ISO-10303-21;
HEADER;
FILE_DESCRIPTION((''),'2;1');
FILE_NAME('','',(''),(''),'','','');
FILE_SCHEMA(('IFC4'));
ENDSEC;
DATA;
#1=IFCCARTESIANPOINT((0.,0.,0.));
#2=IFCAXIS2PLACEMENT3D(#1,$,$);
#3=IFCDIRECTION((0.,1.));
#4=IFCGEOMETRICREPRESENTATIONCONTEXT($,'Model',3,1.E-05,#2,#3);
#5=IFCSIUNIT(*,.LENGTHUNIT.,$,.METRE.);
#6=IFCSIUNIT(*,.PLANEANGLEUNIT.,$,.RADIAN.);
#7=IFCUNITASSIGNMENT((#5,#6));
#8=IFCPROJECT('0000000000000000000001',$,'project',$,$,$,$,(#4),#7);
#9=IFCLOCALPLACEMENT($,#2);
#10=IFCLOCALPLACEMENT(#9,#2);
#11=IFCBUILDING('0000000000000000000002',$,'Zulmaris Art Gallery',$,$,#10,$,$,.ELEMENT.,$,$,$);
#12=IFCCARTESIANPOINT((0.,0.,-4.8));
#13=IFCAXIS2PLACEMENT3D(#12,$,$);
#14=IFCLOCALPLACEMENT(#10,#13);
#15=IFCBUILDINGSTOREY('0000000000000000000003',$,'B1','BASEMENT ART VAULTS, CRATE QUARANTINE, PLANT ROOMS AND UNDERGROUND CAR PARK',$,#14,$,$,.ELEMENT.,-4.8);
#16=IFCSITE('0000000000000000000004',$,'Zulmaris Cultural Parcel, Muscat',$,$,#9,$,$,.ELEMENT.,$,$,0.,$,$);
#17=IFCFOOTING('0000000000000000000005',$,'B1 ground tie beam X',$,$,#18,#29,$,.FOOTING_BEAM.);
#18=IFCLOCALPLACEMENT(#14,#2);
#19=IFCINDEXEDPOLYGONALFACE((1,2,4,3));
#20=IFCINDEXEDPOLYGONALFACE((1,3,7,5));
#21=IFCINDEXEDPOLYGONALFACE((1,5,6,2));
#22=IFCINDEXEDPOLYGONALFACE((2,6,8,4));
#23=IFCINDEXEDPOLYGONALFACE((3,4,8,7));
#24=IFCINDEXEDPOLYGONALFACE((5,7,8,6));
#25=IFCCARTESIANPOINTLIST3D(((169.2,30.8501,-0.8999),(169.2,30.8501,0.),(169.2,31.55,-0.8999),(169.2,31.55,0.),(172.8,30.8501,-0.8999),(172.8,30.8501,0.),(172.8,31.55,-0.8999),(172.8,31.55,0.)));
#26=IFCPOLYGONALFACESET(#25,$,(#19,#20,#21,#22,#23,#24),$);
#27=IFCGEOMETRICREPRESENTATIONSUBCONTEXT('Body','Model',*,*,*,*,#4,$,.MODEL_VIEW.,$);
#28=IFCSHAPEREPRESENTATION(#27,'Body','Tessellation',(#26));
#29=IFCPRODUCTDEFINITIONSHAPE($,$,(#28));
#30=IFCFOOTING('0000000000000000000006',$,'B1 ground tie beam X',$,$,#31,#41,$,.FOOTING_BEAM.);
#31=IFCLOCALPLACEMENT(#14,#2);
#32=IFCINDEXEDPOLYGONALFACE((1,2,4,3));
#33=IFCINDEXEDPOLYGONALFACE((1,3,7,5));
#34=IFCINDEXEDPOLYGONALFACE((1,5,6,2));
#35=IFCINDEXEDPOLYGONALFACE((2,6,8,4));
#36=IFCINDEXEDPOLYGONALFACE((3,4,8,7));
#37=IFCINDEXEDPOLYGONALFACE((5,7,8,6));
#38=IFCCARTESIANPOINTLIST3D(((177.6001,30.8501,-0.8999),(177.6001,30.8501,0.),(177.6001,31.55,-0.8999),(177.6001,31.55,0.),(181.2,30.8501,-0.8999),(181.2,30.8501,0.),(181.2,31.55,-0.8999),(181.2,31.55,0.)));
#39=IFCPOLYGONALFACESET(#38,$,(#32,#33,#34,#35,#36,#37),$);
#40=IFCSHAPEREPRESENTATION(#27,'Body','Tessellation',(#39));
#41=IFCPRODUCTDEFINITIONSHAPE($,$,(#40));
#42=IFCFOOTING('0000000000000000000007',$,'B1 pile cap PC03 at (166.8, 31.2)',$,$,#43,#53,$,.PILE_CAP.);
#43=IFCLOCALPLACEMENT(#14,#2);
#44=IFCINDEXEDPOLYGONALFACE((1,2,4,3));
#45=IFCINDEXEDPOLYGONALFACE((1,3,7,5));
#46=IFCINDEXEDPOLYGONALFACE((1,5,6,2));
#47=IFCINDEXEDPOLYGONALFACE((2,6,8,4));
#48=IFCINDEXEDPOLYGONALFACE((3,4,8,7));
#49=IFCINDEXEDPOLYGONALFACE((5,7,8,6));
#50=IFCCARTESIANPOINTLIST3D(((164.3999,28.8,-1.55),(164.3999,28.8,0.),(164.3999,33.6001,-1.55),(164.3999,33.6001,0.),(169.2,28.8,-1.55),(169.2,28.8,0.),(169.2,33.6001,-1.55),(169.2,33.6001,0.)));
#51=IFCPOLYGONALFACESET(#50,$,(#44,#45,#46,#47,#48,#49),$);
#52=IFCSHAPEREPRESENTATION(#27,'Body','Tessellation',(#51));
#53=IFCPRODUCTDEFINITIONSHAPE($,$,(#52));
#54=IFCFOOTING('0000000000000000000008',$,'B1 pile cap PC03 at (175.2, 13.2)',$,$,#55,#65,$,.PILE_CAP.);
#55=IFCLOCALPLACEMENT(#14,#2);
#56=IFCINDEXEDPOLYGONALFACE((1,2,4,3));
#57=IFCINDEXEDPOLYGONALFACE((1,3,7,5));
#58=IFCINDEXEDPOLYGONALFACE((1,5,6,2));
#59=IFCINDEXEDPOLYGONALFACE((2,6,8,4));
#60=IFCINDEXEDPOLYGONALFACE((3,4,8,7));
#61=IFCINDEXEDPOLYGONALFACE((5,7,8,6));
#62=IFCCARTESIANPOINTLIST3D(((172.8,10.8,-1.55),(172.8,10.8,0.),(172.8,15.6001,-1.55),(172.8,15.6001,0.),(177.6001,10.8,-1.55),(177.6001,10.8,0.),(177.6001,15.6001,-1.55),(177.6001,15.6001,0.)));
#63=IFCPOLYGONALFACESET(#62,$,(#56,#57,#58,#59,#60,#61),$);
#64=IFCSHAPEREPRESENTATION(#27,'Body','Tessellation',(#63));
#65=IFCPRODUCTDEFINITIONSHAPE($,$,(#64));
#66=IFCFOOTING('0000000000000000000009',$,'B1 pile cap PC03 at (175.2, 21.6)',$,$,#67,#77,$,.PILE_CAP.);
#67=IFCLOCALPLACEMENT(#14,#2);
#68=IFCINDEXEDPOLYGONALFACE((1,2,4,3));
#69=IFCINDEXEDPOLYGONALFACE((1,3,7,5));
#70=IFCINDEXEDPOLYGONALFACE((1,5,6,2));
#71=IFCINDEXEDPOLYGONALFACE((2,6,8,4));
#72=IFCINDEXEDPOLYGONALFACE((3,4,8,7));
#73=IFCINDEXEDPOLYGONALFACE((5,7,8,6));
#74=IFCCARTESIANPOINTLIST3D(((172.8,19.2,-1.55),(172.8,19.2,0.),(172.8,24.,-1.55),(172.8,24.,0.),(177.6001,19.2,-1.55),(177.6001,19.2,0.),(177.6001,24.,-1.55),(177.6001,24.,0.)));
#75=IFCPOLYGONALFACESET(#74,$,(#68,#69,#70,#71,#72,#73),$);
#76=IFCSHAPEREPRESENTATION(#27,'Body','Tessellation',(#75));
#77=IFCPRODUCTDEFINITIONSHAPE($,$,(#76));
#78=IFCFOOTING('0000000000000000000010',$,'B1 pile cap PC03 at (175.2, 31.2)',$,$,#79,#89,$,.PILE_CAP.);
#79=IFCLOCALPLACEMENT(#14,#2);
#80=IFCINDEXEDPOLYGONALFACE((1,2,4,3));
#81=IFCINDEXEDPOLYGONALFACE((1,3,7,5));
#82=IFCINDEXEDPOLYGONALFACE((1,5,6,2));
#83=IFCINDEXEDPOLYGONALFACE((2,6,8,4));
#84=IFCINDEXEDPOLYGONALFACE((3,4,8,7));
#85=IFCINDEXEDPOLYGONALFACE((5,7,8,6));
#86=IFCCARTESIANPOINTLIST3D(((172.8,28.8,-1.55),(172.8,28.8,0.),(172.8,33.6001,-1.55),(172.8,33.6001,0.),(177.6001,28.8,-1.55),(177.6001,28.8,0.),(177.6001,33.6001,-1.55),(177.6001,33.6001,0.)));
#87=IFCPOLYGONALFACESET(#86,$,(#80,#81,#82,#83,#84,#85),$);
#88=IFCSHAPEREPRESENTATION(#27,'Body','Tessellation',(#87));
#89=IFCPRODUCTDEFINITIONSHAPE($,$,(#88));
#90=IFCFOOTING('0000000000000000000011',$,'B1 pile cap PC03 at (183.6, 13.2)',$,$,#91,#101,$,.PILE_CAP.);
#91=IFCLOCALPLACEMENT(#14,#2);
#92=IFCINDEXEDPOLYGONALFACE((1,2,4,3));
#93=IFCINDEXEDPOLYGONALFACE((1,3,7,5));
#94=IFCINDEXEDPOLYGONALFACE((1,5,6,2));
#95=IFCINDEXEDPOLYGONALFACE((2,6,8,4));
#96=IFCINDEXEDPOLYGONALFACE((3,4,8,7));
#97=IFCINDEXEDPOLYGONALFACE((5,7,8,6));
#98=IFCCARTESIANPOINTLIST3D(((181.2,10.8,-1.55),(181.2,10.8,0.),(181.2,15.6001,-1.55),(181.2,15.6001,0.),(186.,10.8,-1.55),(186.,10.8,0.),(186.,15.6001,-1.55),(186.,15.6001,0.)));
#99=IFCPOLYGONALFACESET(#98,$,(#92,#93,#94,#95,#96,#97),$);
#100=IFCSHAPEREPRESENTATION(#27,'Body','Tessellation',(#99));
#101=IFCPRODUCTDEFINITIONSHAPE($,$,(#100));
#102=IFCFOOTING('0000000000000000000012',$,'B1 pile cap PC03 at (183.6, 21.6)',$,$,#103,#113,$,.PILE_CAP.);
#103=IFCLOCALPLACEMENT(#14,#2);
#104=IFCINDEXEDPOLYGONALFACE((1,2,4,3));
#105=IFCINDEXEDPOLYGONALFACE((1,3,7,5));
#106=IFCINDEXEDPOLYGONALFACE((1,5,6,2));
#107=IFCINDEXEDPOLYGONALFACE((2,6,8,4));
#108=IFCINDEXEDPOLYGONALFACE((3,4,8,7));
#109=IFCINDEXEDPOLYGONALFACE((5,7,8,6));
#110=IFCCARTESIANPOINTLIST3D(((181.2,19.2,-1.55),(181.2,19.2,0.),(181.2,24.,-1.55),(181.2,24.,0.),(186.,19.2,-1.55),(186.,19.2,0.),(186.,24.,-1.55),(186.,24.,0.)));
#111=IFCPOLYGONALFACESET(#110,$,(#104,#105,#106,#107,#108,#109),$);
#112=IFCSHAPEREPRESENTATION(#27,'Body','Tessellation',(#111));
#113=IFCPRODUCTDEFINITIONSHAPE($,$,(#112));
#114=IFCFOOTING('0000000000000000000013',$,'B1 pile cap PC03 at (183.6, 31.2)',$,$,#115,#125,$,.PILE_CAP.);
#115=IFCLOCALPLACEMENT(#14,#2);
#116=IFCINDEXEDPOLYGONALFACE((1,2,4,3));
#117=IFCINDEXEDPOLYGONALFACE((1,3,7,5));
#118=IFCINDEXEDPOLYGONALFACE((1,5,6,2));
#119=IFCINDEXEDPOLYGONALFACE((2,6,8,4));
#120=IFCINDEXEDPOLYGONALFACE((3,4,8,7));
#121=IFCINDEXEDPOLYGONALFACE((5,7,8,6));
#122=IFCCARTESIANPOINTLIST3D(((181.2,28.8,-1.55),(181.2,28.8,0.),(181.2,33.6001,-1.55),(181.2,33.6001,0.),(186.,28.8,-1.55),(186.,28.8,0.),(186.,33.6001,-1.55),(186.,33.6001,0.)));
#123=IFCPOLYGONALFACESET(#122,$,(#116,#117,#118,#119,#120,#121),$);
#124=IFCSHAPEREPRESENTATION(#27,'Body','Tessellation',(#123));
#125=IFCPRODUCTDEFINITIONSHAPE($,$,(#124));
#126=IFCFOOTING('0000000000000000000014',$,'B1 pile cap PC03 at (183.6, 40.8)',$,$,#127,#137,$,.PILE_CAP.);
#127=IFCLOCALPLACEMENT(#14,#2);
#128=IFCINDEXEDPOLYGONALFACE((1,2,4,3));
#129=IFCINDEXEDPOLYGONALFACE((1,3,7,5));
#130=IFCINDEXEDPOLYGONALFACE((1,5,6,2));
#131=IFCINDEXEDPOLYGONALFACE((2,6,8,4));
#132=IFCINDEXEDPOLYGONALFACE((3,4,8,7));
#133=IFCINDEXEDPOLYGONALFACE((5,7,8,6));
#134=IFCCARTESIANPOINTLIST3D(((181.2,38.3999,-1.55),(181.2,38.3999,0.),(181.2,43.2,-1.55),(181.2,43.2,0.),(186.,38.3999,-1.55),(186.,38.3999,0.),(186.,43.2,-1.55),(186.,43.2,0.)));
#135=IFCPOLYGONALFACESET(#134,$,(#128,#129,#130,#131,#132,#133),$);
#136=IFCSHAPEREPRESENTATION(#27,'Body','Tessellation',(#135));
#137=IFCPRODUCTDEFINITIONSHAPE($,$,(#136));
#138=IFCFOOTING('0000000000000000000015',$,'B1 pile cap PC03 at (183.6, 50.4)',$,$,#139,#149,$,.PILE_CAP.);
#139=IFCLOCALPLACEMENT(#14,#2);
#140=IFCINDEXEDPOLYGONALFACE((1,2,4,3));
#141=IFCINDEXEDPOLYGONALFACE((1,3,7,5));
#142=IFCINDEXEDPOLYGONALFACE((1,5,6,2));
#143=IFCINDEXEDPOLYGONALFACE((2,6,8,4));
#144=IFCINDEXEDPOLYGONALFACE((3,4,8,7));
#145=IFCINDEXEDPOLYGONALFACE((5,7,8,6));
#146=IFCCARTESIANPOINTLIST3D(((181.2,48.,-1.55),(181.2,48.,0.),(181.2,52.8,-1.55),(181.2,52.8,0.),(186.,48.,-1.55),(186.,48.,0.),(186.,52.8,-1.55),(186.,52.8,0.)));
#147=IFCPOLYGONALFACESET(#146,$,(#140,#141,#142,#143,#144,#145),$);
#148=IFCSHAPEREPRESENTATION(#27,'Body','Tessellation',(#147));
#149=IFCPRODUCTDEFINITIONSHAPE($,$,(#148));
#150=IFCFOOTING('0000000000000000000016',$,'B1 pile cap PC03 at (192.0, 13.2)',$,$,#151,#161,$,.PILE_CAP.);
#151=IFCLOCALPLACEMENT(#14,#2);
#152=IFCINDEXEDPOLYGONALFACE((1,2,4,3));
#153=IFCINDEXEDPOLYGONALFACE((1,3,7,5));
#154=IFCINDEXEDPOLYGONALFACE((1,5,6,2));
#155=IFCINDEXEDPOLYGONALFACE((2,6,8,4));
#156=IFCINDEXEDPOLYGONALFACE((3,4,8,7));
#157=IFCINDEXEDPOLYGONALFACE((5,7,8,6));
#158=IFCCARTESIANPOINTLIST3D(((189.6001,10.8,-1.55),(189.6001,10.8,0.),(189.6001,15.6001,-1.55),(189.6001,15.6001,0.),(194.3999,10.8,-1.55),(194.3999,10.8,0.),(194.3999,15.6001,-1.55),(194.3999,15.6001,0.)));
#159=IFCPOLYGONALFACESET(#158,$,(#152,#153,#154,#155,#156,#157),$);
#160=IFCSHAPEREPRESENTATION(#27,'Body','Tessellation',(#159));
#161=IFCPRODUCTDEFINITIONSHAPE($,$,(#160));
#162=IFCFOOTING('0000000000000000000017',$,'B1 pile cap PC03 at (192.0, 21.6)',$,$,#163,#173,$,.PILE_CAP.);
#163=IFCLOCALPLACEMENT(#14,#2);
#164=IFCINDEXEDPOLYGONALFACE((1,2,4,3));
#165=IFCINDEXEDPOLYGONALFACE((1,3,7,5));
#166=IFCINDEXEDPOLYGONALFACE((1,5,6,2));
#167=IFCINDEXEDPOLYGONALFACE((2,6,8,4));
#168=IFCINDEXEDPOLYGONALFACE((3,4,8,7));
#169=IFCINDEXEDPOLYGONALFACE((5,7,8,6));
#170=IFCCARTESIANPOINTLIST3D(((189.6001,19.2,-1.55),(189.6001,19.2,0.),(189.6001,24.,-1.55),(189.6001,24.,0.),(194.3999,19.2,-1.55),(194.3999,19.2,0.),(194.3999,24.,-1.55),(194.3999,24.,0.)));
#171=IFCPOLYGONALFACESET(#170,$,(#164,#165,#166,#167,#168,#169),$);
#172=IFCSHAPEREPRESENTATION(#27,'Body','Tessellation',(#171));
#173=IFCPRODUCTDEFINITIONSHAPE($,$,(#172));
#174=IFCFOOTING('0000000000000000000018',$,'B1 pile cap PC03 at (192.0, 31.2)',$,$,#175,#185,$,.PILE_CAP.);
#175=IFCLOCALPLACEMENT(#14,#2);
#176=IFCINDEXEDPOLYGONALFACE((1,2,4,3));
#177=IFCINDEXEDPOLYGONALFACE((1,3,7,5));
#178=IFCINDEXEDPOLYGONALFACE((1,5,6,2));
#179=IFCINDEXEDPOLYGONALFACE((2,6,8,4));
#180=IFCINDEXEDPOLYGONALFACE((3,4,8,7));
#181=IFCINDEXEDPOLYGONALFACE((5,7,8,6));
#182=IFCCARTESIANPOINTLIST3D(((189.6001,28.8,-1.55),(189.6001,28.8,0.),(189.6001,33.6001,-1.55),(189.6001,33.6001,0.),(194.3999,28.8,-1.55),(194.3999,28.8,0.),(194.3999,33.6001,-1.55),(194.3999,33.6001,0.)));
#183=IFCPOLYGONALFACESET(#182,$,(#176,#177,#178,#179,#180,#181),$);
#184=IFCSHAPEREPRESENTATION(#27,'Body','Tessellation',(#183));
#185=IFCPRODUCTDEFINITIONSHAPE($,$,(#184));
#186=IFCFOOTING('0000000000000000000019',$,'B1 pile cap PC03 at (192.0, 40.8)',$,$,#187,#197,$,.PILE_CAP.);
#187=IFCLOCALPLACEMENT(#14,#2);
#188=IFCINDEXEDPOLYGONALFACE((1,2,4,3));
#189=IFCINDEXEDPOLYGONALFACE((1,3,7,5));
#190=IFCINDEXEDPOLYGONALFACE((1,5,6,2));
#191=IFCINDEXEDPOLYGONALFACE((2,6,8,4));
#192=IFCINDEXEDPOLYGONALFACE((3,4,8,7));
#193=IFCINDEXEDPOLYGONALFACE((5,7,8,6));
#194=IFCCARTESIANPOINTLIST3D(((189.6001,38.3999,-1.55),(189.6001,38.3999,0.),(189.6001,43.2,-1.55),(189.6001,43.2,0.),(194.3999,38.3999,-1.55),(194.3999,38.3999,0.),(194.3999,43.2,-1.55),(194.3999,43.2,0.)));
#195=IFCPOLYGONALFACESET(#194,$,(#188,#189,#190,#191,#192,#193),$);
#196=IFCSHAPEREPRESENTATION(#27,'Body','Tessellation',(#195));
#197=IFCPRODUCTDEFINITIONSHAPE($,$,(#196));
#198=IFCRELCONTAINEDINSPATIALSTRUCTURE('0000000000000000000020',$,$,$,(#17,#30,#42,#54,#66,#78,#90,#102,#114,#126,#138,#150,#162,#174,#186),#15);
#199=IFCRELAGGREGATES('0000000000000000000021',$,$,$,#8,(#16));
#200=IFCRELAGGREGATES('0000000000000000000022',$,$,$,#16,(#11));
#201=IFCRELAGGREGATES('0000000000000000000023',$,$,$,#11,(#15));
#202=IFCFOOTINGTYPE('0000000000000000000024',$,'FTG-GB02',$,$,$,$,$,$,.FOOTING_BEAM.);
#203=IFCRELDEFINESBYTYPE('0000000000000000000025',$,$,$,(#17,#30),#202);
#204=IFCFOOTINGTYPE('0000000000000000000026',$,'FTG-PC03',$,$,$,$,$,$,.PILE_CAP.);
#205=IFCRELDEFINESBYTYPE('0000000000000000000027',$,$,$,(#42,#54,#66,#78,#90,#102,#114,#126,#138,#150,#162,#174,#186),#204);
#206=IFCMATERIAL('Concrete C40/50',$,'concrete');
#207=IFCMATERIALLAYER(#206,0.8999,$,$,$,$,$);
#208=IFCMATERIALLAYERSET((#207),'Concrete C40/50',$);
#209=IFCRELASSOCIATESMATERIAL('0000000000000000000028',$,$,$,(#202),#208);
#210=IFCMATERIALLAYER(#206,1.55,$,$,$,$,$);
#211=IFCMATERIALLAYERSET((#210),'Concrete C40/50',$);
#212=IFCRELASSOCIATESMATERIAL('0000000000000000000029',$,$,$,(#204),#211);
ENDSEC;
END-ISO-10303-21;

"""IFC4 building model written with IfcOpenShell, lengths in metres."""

from ifc_helpers import new_model, si_unit, direction, frame, origin, place, context, subcontext, project, spatial, polyline, outline, extrude, material, layer, layer_set, type_object, element, save


model = new_model("IFC4")

# Units and contexts
model_context = context("Model", 3, precision=1e-05, world=origin(), true_north=direction((0.0, 1.0)))
body_context = subcontext(model_context, "Body", "Model", "MODEL_VIEW")
ifc_project = project(units=[si_unit("LENGTHUNIT", "METRE"), si_unit("PLANEANGLEUNIT", "RADIAN")], contexts=[model_context])

# Site, building, storey
site_placement = place(None, origin())
site = spatial("IfcSite", under=ifc_project, at=site_placement, Name="Zulmaris Cultural Parcel, Muscat", CompositionType="ELEMENT", RefElevation=0.0)
building_placement = place(site_placement, origin())
building = spatial("IfcBuilding", under=site, at=building_placement, Name="Zulmaris Art Gallery", CompositionType="ELEMENT")
storey_placement = place(building_placement, frame((0.0, 0.0, -4.8)))
storey = spatial("IfcBuildingStorey", under=building, at=storey_placement, Name="B1", Description="BASEMENT ART VAULTS, CRATE QUARANTINE, PLANT ROOMS AND UNDERGROUND CAR PARK", CompositionType="ELEMENT", Elevation=-4.8)

# Footings
ifc_material = material(Name="Concrete C40/50", Category="concrete")
ifc_layer_1 = layer(ifc_material, 0.8999)
ifc_layer_set_1 = layer_set([ifc_layer_1], Name="Concrete C40/50")
footing_type_1 = type_object("IfcFootingType", Name="FTG-GB02", PredefinedType="FOOTING_BEAM", material=ifc_layer_set_1)
footing_1_placement = place(storey_placement, frame((0.0, 0.0, -0.8999)))
element("IfcFooting", 1, at=footing_1_placement, inside=storey, type_object=footing_type_1, Name="B1 ground tie beam X", PredefinedType="FOOTING_BEAM", context=body_context, shape_type="SweptSolid", body=[
    extrude(outline(polyline([(169.2, 30.8501), (172.8, 30.8501), (172.8, 31.55), (169.2, 31.55), (169.2, 30.8501)])), origin(), (0.0, 0.0, 1.0), 0.8999),
])
footing_2_placement = place(storey_placement, frame((0.0, 0.0, -0.8999)))
element("IfcFooting", 2, at=footing_2_placement, inside=storey, type_object=footing_type_1, Name="B1 ground tie beam X", PredefinedType="FOOTING_BEAM", context=body_context, shape_type="SweptSolid", body=[
    extrude(outline(polyline([(177.6001, 30.8501), (181.2, 30.8501), (181.2, 31.55), (177.6001, 31.55), (177.6001, 30.8501)])), origin(), (0.0, 0.0, 1.0), 0.8999),
])
ifc_layer_2 = layer(ifc_material, 1.55)
ifc_layer_set_2 = layer_set([ifc_layer_2], Name="Concrete C40/50")
footing_type_2 = type_object("IfcFootingType", Name="FTG-PC03", PredefinedType="PILE_CAP", material=ifc_layer_set_2)
footing_3_placement = place(storey_placement, frame((0.0, 0.0, -1.55)))
element("IfcFooting", 3, at=footing_3_placement, inside=storey, type_object=footing_type_2, Name="B1 pile cap PC03 at (166.8, 31.2)", PredefinedType="PILE_CAP", context=body_context, shape_type="SweptSolid", body=[
    extrude(outline(polyline([(164.3999, 28.8), (169.2, 28.8), (169.2, 33.6001), (164.3999, 33.6001), (164.3999, 28.8)])), origin(), (0.0, 0.0, 1.0), 1.55),
])
footing_4_placement = place(storey_placement, frame((0.0, 0.0, -1.55)))
element("IfcFooting", 4, at=footing_4_placement, inside=storey, type_object=footing_type_2, Name="B1 pile cap PC03 at (175.2, 13.2)", PredefinedType="PILE_CAP", context=body_context, shape_type="SweptSolid", body=[
    extrude(outline(polyline([(172.8, 10.8), (177.6001, 10.8), (177.6001, 15.6001), (172.8, 15.6001), (172.8, 10.8)])), origin(), (0.0, 0.0, 1.0), 1.55),
])
footing_5_placement = place(storey_placement, frame((0.0, 0.0, -1.55)))
element("IfcFooting", 5, at=footing_5_placement, inside=storey, type_object=footing_type_2, Name="B1 pile cap PC03 at (175.2, 21.6)", PredefinedType="PILE_CAP", context=body_context, shape_type="SweptSolid", body=[
    extrude(outline(polyline([(172.8, 19.2), (177.6001, 19.2), (177.6001, 24.0), (172.8, 24.0), (172.8, 19.2)])), origin(), (0.0, 0.0, 1.0), 1.55),
])
footing_6_placement = place(storey_placement, frame((0.0, 0.0, -1.55)))
element("IfcFooting", 6, at=footing_6_placement, inside=storey, type_object=footing_type_2, Name="B1 pile cap PC03 at (175.2, 31.2)", PredefinedType="PILE_CAP", context=body_context, shape_type="SweptSolid", body=[
    extrude(outline(polyline([(172.8, 28.8), (177.6001, 28.8), (177.6001, 33.6001), (172.8, 33.6001), (172.8, 28.8)])), origin(), (0.0, 0.0, 1.0), 1.55),
])
footing_7_placement = place(storey_placement, frame((0.0, 0.0, -1.55)))
element("IfcFooting", 7, at=footing_7_placement, inside=storey, type_object=footing_type_2, Name="B1 pile cap PC03 at (183.6, 13.2)", PredefinedType="PILE_CAP", context=body_context, shape_type="SweptSolid", body=[
    extrude(outline(polyline([(181.2, 10.8), (186.0, 10.8), (186.0, 15.6001), (181.2, 15.6001), (181.2, 10.8)])), origin(), (0.0, 0.0, 1.0), 1.55),
])
footing_8_placement = place(storey_placement, frame((0.0, 0.0, -1.55)))
element("IfcFooting", 8, at=footing_8_placement, inside=storey, type_object=footing_type_2, Name="B1 pile cap PC03 at (183.6, 21.6)", PredefinedType="PILE_CAP", context=body_context, shape_type="SweptSolid", body=[
    extrude(outline(polyline([(181.2, 19.2), (186.0, 19.2), (186.0, 24.0), (181.2, 24.0), (181.2, 19.2)])), origin(), (0.0, 0.0, 1.0), 1.55),
])
footing_9_placement = place(storey_placement, frame((0.0, 0.0, -1.55)))
element("IfcFooting", 9, at=footing_9_placement, inside=storey, type_object=footing_type_2, Name="B1 pile cap PC03 at (183.6, 31.2)", PredefinedType="PILE_CAP", context=body_context, shape_type="SweptSolid", body=[
    extrude(outline(polyline([(181.2, 28.8), (186.0, 28.8), (186.0, 33.6001), (181.2, 33.6001), (181.2, 28.8)])), origin(), (0.0, 0.0, 1.0), 1.55),
])
footing_10_placement = place(storey_placement, frame((0.0, 0.0, -1.55)))
element("IfcFooting", 10, at=footing_10_placement, inside=storey, type_object=footing_type_2, Name="B1 pile cap PC03 at (183.6, 40.8)", PredefinedType="PILE_CAP", context=body_context, shape_type="SweptSolid", body=[
    extrude(outline(polyline([(181.2, 38.3999), (186.0, 38.3999), (186.0, 43.2), (181.2, 43.2), (181.2, 38.3999)])), origin(), (0.0, 0.0, 1.0), 1.55),
])
footing_11_placement = place(storey_placement, frame((0.0, 0.0, -1.55)))
element("IfcFooting", 11, at=footing_11_placement, inside=storey, type_object=footing_type_2, Name="B1 pile cap PC03 at (183.6, 50.4)", PredefinedType="PILE_CAP", context=body_context, shape_type="SweptSolid", body=[
    extrude(outline(polyline([(181.2, 48.0), (186.0, 48.0), (186.0, 52.8), (181.2, 52.8), (181.2, 48.0)])), origin(), (0.0, 0.0, 1.0), 1.55),
])
footing_12_placement = place(storey_placement, frame((0.0, 0.0, -1.55)))
element("IfcFooting", 12, at=footing_12_placement, inside=storey, type_object=footing_type_2, Name="B1 pile cap PC03 at (192.0, 13.2)", PredefinedType="PILE_CAP", context=body_context, shape_type="SweptSolid", body=[
    extrude(outline(polyline([(189.6001, 10.8), (194.3999, 10.8), (194.3999, 15.6001), (189.6001, 15.6001), (189.6001, 10.8)])), origin(), (0.0, 0.0, 1.0), 1.55),
])
footing_13_placement = place(storey_placement, frame((0.0, 0.0, -1.55)))
element("IfcFooting", 13, at=footing_13_placement, inside=storey, type_object=footing_type_2, Name="B1 pile cap PC03 at (192.0, 21.6)", PredefinedType="PILE_CAP", context=body_context, shape_type="SweptSolid", body=[
    extrude(outline(polyline([(189.6001, 19.2), (194.3999, 19.2), (194.3999, 24.0), (189.6001, 24.0), (189.6001, 19.2)])), origin(), (0.0, 0.0, 1.0), 1.55),
])
footing_14_placement = place(storey_placement, frame((0.0, 0.0, -1.55)))
element("IfcFooting", 14, at=footing_14_placement, inside=storey, type_object=footing_type_2, Name="B1 pile cap PC03 at (192.0, 31.2)", PredefinedType="PILE_CAP", context=body_context, shape_type="SweptSolid", body=[
    extrude(outline(polyline([(189.6001, 28.8), (194.3999, 28.8), (194.3999, 33.6001), (189.6001, 33.6001), (189.6001, 28.8)])), origin(), (0.0, 0.0, 1.0), 1.55),
])
footing_15_placement = place(storey_placement, frame((0.0, 0.0, -1.55)))
element("IfcFooting", 15, at=footing_15_placement, inside=storey, type_object=footing_type_2, Name="B1 pile cap PC03 at (192.0, 40.8)", PredefinedType="PILE_CAP", context=body_context, shape_type="SweptSolid", body=[
    extrude(outline(polyline([(189.6001, 38.3999), (194.3999, 38.3999), (194.3999, 43.2), (189.6001, 43.2), (189.6001, 38.3999)])), origin(), (0.0, 0.0, 1.0), 1.55),
])

save(model, "model.ifc")
